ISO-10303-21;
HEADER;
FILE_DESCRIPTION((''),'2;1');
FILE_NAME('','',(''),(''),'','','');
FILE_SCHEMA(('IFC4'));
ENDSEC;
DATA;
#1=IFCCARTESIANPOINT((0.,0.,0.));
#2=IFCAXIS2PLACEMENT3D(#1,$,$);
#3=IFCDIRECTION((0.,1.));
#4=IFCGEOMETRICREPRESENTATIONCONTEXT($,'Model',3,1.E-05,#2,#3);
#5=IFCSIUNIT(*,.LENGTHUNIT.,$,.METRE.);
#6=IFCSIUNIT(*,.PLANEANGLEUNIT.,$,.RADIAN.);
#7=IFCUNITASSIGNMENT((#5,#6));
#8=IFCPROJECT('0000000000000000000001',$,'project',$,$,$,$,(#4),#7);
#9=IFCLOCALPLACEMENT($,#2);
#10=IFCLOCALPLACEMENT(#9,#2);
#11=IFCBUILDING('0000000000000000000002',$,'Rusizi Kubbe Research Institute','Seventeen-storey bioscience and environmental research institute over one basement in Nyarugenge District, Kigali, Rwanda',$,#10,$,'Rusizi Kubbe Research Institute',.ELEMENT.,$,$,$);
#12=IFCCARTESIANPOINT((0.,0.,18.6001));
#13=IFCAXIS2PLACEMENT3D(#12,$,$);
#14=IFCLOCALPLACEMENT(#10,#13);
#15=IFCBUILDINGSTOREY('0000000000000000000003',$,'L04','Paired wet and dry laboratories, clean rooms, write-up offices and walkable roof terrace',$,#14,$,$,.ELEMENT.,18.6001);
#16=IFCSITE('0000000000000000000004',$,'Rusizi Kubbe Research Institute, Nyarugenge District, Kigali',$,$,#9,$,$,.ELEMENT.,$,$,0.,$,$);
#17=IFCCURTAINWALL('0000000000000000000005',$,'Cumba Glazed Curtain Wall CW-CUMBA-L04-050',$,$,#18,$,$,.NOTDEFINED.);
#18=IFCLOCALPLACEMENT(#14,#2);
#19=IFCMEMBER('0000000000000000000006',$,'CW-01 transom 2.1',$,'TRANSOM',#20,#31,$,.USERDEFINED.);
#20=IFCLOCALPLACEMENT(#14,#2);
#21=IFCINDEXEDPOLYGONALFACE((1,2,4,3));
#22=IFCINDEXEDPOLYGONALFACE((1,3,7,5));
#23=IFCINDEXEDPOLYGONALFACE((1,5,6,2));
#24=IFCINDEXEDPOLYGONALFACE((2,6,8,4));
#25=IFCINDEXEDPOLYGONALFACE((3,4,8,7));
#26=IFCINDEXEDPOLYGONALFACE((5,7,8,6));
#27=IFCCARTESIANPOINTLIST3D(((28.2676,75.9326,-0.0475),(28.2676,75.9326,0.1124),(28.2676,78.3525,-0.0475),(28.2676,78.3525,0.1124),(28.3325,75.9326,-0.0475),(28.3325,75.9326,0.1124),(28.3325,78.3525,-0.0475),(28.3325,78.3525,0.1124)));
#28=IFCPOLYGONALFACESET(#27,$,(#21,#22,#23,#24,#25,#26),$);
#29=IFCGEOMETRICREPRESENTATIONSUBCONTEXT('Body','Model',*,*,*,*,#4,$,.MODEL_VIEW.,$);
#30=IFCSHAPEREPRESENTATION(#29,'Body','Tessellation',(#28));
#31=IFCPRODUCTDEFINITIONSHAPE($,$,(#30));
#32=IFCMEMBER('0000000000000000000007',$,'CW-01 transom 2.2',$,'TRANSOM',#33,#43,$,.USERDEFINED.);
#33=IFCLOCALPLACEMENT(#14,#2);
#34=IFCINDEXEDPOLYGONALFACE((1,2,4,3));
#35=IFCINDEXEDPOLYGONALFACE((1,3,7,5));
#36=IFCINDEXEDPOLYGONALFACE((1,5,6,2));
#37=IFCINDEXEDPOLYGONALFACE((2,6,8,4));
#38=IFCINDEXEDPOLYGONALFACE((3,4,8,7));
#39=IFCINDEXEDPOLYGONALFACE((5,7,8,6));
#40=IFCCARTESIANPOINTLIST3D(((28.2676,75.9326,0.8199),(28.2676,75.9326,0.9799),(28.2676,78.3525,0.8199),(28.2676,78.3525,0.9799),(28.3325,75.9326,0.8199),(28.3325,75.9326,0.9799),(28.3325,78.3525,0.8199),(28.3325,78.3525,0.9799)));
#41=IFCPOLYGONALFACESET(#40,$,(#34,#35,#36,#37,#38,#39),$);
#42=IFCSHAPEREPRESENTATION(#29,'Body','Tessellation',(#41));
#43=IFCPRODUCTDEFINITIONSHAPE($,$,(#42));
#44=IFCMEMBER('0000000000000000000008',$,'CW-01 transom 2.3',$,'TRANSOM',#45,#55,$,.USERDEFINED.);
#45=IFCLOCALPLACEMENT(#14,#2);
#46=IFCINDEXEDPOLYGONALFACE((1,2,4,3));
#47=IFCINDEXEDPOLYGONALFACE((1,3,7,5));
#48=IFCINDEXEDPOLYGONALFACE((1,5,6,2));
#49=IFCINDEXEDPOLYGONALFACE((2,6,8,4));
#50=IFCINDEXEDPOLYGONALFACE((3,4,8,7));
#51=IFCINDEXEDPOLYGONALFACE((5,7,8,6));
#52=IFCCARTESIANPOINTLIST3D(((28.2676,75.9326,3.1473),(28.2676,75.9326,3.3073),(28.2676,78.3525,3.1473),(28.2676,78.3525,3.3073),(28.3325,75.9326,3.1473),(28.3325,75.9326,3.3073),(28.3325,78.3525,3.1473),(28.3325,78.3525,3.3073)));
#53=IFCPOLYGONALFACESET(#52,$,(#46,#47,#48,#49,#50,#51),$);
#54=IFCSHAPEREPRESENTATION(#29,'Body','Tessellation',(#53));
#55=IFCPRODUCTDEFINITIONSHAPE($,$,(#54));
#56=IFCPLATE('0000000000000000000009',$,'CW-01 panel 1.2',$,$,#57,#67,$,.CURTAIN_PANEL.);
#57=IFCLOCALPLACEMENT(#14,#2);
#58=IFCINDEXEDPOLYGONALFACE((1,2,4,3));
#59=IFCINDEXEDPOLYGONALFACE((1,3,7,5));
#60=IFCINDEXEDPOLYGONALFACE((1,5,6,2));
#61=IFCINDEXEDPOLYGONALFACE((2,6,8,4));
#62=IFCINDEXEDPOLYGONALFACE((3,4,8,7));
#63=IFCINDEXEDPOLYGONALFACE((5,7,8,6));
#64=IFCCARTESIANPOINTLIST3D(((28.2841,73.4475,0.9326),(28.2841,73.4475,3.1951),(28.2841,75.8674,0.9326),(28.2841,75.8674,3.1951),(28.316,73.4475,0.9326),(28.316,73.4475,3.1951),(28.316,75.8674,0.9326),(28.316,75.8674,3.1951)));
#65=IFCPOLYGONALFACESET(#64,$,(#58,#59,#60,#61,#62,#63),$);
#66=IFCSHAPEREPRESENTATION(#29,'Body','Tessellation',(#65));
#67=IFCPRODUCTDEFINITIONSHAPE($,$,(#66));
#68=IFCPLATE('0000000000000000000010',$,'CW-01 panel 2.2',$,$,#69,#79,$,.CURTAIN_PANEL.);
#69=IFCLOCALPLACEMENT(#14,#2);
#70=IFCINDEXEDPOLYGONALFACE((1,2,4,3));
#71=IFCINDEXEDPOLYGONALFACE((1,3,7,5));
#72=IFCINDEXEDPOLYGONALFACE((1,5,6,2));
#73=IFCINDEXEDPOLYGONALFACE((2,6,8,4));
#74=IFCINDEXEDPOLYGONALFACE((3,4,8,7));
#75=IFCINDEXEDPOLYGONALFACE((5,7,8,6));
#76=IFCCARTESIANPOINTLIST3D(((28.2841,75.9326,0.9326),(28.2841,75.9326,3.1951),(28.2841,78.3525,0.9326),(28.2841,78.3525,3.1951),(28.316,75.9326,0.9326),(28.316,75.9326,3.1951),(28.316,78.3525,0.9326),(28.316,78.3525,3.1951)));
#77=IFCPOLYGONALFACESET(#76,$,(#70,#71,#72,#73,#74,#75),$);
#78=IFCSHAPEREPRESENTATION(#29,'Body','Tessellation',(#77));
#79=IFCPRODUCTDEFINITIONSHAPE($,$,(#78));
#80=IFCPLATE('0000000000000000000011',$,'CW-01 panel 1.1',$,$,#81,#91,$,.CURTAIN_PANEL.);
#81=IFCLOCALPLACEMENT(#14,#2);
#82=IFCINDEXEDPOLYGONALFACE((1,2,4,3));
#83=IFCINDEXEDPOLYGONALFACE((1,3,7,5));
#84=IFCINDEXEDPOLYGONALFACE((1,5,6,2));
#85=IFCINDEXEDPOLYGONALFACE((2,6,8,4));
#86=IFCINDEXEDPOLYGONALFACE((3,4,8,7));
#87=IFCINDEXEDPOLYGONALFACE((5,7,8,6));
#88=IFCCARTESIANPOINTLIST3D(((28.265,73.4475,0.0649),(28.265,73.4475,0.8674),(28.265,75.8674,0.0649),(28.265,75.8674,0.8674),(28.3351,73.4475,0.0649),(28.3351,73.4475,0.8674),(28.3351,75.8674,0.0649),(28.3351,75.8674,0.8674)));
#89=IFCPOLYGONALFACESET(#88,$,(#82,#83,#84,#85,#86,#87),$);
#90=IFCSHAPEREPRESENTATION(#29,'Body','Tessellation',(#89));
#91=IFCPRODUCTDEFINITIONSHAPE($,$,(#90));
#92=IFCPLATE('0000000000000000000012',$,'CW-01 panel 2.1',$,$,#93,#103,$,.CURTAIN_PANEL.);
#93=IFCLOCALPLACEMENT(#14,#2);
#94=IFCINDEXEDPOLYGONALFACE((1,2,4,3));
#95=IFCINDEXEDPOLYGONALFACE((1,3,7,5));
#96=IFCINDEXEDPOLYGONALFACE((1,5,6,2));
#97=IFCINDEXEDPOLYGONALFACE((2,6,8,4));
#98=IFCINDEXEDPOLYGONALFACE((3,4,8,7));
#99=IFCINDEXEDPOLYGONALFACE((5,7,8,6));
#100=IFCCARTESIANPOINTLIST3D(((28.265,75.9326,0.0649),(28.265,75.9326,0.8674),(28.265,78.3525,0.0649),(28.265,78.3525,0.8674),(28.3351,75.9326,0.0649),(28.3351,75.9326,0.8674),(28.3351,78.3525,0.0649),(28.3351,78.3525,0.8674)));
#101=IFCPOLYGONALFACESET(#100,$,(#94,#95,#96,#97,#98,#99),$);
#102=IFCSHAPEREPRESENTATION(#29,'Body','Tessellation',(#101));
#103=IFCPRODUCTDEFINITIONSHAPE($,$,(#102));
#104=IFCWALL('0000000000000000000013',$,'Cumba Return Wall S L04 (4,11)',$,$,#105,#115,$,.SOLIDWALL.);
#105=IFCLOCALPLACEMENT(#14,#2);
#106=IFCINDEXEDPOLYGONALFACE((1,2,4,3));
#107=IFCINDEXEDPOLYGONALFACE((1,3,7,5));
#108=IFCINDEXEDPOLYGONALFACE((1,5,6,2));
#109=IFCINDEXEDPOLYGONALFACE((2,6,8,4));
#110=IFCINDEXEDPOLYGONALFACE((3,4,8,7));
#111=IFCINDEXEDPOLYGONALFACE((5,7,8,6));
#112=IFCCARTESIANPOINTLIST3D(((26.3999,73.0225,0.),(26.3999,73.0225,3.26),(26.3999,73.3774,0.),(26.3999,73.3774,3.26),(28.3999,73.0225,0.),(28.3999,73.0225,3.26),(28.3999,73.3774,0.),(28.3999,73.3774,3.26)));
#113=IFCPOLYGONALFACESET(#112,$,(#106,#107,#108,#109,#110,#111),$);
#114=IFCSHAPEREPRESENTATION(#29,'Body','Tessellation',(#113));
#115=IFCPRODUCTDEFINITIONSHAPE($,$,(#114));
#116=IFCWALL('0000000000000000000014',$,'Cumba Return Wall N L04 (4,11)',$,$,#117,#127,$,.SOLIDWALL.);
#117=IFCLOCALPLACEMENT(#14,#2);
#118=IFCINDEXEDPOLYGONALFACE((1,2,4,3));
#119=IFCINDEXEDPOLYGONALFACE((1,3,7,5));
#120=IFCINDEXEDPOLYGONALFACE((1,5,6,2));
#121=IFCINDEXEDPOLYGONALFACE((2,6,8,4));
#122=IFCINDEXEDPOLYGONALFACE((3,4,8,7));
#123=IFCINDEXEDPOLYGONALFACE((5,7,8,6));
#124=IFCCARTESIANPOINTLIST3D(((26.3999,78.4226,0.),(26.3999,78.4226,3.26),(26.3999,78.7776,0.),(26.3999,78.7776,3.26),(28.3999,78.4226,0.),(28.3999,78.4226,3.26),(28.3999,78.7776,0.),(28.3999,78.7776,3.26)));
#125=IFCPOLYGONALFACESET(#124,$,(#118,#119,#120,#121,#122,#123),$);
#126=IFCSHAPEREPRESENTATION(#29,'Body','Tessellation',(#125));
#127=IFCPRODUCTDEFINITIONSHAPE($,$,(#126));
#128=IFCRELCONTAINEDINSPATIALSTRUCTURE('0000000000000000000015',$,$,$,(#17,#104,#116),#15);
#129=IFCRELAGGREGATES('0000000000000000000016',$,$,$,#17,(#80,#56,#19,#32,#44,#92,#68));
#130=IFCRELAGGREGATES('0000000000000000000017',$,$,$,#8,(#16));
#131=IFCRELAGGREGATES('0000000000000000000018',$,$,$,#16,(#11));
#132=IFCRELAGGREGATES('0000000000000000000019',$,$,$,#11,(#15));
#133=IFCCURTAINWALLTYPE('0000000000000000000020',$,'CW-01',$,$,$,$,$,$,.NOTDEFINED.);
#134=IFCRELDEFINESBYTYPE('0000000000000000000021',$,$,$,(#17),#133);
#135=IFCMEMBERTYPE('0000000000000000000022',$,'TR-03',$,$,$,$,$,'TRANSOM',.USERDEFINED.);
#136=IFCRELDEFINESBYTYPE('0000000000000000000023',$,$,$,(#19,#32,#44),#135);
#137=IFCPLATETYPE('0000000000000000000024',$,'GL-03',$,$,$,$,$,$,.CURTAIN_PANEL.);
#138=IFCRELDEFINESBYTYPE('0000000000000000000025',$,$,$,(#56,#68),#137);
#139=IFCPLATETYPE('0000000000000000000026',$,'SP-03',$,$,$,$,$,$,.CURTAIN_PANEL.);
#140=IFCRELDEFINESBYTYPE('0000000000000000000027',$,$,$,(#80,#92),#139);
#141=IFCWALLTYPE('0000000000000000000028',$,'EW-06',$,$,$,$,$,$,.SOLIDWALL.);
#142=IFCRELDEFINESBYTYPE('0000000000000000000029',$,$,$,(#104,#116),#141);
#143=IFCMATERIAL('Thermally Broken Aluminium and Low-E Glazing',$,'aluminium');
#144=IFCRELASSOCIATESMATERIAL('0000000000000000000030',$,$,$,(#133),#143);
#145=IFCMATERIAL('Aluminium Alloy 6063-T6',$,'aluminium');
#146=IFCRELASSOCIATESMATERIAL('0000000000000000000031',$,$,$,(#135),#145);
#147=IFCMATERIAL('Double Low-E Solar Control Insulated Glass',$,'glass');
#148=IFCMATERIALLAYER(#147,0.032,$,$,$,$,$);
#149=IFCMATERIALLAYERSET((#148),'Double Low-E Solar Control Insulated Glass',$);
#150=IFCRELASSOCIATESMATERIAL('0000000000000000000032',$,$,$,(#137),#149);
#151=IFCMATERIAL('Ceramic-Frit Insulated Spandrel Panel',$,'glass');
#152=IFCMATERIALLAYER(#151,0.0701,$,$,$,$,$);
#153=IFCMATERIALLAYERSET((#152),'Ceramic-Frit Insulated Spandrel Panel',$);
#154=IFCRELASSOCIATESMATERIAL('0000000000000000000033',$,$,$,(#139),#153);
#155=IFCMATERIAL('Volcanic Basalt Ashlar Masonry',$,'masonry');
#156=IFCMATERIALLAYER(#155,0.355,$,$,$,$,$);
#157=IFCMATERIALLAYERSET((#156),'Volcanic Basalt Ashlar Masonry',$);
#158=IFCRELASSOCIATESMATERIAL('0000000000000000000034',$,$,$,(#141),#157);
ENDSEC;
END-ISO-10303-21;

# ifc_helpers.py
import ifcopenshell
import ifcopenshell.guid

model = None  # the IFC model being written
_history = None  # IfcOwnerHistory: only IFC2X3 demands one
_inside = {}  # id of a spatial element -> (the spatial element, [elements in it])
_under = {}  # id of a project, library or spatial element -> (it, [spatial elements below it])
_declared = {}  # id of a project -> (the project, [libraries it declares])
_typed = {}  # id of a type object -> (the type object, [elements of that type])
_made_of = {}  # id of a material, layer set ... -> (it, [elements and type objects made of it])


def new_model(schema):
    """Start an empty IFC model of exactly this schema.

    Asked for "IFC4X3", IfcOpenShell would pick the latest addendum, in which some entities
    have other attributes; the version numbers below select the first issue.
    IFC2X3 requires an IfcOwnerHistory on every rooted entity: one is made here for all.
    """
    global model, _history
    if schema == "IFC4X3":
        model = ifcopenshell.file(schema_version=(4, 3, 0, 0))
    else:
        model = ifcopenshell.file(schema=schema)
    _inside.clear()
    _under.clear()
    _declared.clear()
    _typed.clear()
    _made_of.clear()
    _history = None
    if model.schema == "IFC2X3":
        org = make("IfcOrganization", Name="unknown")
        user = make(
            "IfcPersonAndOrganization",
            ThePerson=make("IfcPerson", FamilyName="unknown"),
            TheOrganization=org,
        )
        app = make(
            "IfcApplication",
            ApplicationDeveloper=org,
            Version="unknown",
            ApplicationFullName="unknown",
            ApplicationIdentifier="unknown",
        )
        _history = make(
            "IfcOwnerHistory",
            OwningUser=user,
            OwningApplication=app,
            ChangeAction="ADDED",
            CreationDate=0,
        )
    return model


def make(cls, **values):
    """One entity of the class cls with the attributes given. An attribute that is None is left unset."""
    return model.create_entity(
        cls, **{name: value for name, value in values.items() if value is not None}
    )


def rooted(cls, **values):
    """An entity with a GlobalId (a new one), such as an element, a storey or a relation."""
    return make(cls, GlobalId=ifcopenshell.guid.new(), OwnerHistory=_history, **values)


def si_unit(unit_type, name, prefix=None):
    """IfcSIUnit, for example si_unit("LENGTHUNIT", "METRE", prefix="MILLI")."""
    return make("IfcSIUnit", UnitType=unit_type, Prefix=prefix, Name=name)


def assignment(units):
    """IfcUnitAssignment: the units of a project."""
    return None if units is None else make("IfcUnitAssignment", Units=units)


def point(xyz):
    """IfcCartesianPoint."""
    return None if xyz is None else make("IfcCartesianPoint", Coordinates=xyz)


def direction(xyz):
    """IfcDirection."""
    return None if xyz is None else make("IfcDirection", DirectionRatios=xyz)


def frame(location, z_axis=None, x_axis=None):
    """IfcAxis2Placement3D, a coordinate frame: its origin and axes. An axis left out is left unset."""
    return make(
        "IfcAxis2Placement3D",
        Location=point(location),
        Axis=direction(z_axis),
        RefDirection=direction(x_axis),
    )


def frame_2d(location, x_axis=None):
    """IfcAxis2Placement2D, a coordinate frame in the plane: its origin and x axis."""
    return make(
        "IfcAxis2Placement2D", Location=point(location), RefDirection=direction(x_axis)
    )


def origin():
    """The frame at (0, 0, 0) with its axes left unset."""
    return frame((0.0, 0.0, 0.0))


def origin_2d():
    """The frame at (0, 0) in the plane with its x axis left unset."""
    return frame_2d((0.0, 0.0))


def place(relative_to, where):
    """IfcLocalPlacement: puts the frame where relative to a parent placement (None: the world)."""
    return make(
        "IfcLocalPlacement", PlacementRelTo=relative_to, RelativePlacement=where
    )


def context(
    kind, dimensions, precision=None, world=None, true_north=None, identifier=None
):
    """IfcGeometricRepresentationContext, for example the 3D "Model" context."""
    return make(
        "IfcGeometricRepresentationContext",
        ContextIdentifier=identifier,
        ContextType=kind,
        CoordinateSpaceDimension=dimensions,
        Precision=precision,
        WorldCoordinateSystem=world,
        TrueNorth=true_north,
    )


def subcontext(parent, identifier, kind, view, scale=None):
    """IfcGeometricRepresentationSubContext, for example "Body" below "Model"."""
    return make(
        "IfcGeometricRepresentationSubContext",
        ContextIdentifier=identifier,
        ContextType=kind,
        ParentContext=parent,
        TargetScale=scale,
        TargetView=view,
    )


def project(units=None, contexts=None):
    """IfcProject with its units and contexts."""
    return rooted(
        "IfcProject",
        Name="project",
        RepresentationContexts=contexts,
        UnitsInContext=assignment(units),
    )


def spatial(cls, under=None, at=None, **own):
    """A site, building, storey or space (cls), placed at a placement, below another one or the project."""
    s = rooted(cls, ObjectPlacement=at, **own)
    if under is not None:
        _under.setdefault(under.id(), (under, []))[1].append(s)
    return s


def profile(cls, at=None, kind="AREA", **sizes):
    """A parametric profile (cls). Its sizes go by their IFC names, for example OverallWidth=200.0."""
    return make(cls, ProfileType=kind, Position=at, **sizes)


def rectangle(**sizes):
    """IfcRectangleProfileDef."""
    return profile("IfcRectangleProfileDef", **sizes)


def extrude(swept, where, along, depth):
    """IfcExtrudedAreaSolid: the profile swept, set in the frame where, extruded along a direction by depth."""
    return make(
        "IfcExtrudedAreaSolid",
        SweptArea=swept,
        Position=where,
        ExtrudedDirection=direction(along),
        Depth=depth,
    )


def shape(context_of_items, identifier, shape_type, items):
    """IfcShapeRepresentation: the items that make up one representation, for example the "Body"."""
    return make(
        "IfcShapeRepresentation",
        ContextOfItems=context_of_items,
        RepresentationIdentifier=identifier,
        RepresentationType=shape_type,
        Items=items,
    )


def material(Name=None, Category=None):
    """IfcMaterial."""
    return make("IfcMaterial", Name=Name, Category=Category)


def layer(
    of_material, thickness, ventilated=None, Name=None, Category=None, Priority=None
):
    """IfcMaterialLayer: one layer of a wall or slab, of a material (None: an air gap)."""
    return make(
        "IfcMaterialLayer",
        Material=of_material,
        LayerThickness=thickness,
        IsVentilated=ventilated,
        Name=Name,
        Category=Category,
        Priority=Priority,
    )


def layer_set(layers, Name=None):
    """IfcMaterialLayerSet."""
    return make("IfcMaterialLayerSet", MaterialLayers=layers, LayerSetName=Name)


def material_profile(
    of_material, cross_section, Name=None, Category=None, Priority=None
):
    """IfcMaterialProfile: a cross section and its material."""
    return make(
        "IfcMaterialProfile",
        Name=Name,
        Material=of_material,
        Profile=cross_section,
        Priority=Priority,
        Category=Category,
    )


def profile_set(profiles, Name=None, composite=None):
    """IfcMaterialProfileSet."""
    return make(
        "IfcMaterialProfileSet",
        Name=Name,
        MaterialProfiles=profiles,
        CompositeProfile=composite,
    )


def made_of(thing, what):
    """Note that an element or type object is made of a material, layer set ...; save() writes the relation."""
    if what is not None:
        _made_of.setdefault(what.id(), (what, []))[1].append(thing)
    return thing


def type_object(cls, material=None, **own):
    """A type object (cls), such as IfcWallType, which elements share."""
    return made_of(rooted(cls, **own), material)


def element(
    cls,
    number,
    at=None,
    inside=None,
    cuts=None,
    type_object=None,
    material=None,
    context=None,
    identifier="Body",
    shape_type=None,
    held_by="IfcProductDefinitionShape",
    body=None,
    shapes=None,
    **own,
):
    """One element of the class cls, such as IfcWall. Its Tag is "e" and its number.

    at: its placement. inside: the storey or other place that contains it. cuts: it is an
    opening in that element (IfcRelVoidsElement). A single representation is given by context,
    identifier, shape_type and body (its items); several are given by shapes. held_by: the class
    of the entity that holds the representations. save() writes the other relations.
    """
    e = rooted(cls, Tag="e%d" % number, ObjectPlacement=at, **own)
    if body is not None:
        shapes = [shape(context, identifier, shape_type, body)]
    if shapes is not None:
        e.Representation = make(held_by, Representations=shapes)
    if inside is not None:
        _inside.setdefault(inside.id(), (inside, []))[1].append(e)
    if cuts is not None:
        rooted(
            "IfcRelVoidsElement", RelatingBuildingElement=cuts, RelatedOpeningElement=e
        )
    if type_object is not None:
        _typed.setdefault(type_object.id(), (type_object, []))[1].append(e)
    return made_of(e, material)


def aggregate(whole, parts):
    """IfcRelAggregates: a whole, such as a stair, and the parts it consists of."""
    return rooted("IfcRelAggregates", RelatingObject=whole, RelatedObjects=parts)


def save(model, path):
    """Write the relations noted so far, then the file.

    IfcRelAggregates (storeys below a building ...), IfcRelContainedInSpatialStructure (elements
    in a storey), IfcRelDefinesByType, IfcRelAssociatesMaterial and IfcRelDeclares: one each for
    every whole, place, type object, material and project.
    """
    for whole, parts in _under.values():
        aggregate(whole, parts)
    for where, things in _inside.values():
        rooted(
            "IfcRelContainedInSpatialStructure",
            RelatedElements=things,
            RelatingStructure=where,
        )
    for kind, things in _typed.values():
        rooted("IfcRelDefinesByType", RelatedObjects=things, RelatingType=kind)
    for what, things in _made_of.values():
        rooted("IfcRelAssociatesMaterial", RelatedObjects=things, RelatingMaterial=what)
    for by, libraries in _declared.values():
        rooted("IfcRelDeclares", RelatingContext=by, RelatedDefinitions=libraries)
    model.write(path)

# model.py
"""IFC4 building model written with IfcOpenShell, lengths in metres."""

from ifc_helpers import new_model, si_unit, direction, frame, frame_2d, origin, origin_2d, place, context, subcontext, project, spatial, rectangle, extrude, material, layer, layer_set, material_profile, profile_set, type_object, element, aggregate, save


model = new_model("IFC4")

# Units and contexts
model_context = context("Model", 3, precision=1e-05, world=origin(), true_north=direction((0.0, 1.0)))
body_context = subcontext(model_context, "Body", "Model", "MODEL_VIEW")
ifc_project = project(units=[si_unit("LENGTHUNIT", "METRE"), si_unit("PLANEANGLEUNIT", "RADIAN")], contexts=[model_context])

# Site, building, storey
site_placement = place(None, origin())
site = spatial("IfcSite", under=ifc_project, at=site_placement, Name="Rusizi Kubbe Research Institute, Nyarugenge District, Kigali", CompositionType="ELEMENT", RefElevation=0.0)
building_placement = place(site_placement, origin())
building = spatial("IfcBuilding", under=site, at=building_placement, Name="Rusizi Kubbe Research Institute", Description="Seventeen-storey bioscience and environmental research institute over one basement in Nyarugenge District, Kigali, Rwanda", LongName="Rusizi Kubbe Research Institute", CompositionType="ELEMENT")
storey_placement = place(building_placement, frame((0.0, 0.0, 18.6001)))
storey = spatial("IfcBuildingStorey", under=building, at=storey_placement, Name="L04", Description="Paired wet and dry laboratories, clean rooms, write-up offices and walkable roof terrace", CompositionType="ELEMENT", Elevation=18.6001)

# Curtain wall, members, plates
ifc_material_1 = material(Name="Thermally Broken Aluminium and Low-E Glazing", Category="aluminium")
curtain_wall_type = type_object("IfcCurtainWallType", Name="CW-01", PredefinedType="NOTDEFINED", material=ifc_material_1)
curtain_wall_placement = place(storey_placement, origin())
curtain_wall = element("IfcCurtainWall", 1, at=curtain_wall_placement, inside=storey, type_object=curtain_wall_type, Name="Cumba Glazed Curtain Wall CW-CUMBA-L04-050", PredefinedType="NOTDEFINED")
ifc_material_2 = material(Name="Aluminium Alloy 6063-T6", Category="aluminium")
ifc_material_profile_1 = material_profile(ifc_material_2, rectangle(XDim=0.0649, YDim=0.1599, at=origin_2d()), Name="ALU-T 65x160")
ifc_profile_set_1 = profile_set([ifc_material_profile_1], Name="Aluminium Alloy 6063-T6")
member_type_1 = type_object("IfcMemberType", Name="TR-03", ElementType="TRANSOM", PredefinedType="USERDEFINED", material=ifc_profile_set_1)
member_1_placement = place(storey_placement, frame((28.3, 75.9326, 0.0325), z_axis=(0.0, 1.0, 0.0), x_axis=(-1.0, 0.0, 0.0)))
member_1 = element("IfcMember", 2, at=member_1_placement, type_object=member_type_1, Name="CW-01 transom 2.1", ObjectType="TRANSOM", PredefinedType="USERDEFINED", context=body_context, shape_type="SweptSolid", body=[
    extrude(rectangle(XDim=0.0649, YDim=0.1599, at=origin_2d()), origin(), (0.0, 0.0, 1.0), 2.4199),
])
member_2_placement = place(storey_placement, frame((28.3, 75.9326, 0.8999), z_axis=(0.0, 1.0, 0.0), x_axis=(-1.0, 0.0, 0.0)))
member_2 = element("IfcMember", 3, at=member_2_placement, type_object=member_type_1, Name="CW-01 transom 2.2", ObjectType="TRANSOM", PredefinedType="USERDEFINED", context=body_context, shape_type="SweptSolid", body=[
    extrude(rectangle(XDim=0.0649, YDim=0.1599, at=origin_2d()), origin(), (0.0, 0.0, 1.0), 2.4199),
])
member_3_placement = place(storey_placement, frame((28.3, 75.9326, 3.2273), z_axis=(0.0, 1.0, 0.0), x_axis=(-1.0, 0.0, 0.0)))
member_3 = element("IfcMember", 4, at=member_3_placement, type_object=member_type_1, Name="CW-01 transom 2.3", ObjectType="TRANSOM", PredefinedType="USERDEFINED", context=body_context, shape_type="SweptSolid", body=[
    extrude(rectangle(XDim=0.0649, YDim=0.1599, at=origin_2d()), origin(), (0.0, 0.0, 1.0), 2.4199),
])
ifc_material_3 = material(Name="Double Low-E Solar Control Insulated Glass", Category="glass")
ifc_layer_1 = layer(ifc_material_3, 0.032)
ifc_layer_set_1 = layer_set([ifc_layer_1], Name="Double Low-E Solar Control Insulated Glass")
plate_type_1 = type_object("IfcPlateType", Name="GL-03", PredefinedType="CURTAIN_PANEL", material=ifc_layer_set_1)
plate_1_placement = place(storey_placement, frame((28.3, 74.6575, 0.9326), z_axis=(0.0, 0.0, 1.0), x_axis=(0.0, 1.0, 0.0)))
plate_1 = element("IfcPlate", 5, at=plate_1_placement, type_object=plate_type_1, Name="CW-01 panel 1.2", PredefinedType="CURTAIN_PANEL", context=body_context, shape_type="SweptSolid", body=[
    extrude(rectangle(XDim=2.4199, YDim=0.032, at=origin_2d()), origin(), (0.0, 0.0, 1.0), 2.2625),
])
plate_2_placement = place(storey_placement, frame((28.3, 77.1426, 0.9326), z_axis=(0.0, 0.0, 1.0), x_axis=(0.0, 1.0, 0.0)))
plate_2 = element("IfcPlate", 6, at=plate_2_placement, type_object=plate_type_1, Name="CW-01 panel 2.2", PredefinedType="CURTAIN_PANEL", context=body_context, shape_type="SweptSolid", body=[
    extrude(rectangle(XDim=2.4199, YDim=0.032, at=origin_2d()), origin(), (0.0, 0.0, 1.0), 2.2625),
])
ifc_material_4 = material(Name="Ceramic-Frit Insulated Spandrel Panel", Category="glass")
ifc_layer_2 = layer(ifc_material_4, 0.0701)
ifc_layer_set_2 = layer_set([ifc_layer_2], Name="Ceramic-Frit Insulated Spandrel Panel")
plate_type_2 = type_object("IfcPlateType", Name="SP-03", PredefinedType="CURTAIN_PANEL", material=ifc_layer_set_2)
plate_3_placement = place(storey_placement, frame((28.3, 74.6575, 0.0649), z_axis=(0.0, 0.0, 1.0), x_axis=(0.0, 1.0, 0.0)))
plate_3 = element("IfcPlate", 7, at=plate_3_placement, type_object=plate_type_2, Name="CW-01 panel 1.1", PredefinedType="CURTAIN_PANEL", context=body_context, shape_type="SweptSolid", body=[
    extrude(rectangle(XDim=2.4199, YDim=0.0701, at=origin_2d()), origin(), (0.0, 0.0, 1.0), 0.8025),
])
plate_4_placement = place(storey_placement, frame((28.3, 77.1426, 0.0649), z_axis=(0.0, 0.0, 1.0), x_axis=(0.0, 1.0, 0.0)))
plate_4 = element("IfcPlate", 8, at=plate_4_placement, type_object=plate_type_2, Name="CW-01 panel 2.1", PredefinedType="CURTAIN_PANEL", context=body_context, shape_type="SweptSolid", body=[
    extrude(rectangle(XDim=2.4199, YDim=0.0701, at=origin_2d()), origin(), (0.0, 0.0, 1.0), 0.8025),
])
aggregate(curtain_wall, [plate_3, plate_1, member_1, member_2, member_3, plate_4, plate_2])

# Walls
ifc_material_5 = material(Name="Volcanic Basalt Ashlar Masonry", Category="masonry")
ifc_layer_3 = layer(ifc_material_5, 0.355)
ifc_layer_set_3 = layer_set([ifc_layer_3], Name="Volcanic Basalt Ashlar Masonry")
wall_type = type_object("IfcWallType", Name="EW-06", PredefinedType="SOLIDWALL", material=ifc_layer_set_3)
for number, where, z_axis, x_axis, name in (
    (9, (26.3999, 73.2, 0.0), (0.0, 0.0, 1.0), (1.0, 0.0, 0.0), "Cumba Return Wall S L04 (4,11)"),
    (10, (26.3999, 78.6001, 0.0), (0.0, 0.0, 1.0), (1.0, 0.0, 0.0), "Cumba Return Wall N L04 (4,11)"),
):
    element("IfcWall", number, at=place(storey_placement, frame(where, z_axis=z_axis, x_axis=x_axis)), inside=storey, type_object=wall_type, Name=name, PredefinedType="SOLIDWALL", context=body_context, shape_type="SweptSolid", body=[
        extrude(rectangle(XDim=2.0, YDim=0.355, at=frame_2d((1.0, 0.0))), origin(), (0.0, 0.0, 1.0), 3.26),
    ])

save(model, "model.ifc")
